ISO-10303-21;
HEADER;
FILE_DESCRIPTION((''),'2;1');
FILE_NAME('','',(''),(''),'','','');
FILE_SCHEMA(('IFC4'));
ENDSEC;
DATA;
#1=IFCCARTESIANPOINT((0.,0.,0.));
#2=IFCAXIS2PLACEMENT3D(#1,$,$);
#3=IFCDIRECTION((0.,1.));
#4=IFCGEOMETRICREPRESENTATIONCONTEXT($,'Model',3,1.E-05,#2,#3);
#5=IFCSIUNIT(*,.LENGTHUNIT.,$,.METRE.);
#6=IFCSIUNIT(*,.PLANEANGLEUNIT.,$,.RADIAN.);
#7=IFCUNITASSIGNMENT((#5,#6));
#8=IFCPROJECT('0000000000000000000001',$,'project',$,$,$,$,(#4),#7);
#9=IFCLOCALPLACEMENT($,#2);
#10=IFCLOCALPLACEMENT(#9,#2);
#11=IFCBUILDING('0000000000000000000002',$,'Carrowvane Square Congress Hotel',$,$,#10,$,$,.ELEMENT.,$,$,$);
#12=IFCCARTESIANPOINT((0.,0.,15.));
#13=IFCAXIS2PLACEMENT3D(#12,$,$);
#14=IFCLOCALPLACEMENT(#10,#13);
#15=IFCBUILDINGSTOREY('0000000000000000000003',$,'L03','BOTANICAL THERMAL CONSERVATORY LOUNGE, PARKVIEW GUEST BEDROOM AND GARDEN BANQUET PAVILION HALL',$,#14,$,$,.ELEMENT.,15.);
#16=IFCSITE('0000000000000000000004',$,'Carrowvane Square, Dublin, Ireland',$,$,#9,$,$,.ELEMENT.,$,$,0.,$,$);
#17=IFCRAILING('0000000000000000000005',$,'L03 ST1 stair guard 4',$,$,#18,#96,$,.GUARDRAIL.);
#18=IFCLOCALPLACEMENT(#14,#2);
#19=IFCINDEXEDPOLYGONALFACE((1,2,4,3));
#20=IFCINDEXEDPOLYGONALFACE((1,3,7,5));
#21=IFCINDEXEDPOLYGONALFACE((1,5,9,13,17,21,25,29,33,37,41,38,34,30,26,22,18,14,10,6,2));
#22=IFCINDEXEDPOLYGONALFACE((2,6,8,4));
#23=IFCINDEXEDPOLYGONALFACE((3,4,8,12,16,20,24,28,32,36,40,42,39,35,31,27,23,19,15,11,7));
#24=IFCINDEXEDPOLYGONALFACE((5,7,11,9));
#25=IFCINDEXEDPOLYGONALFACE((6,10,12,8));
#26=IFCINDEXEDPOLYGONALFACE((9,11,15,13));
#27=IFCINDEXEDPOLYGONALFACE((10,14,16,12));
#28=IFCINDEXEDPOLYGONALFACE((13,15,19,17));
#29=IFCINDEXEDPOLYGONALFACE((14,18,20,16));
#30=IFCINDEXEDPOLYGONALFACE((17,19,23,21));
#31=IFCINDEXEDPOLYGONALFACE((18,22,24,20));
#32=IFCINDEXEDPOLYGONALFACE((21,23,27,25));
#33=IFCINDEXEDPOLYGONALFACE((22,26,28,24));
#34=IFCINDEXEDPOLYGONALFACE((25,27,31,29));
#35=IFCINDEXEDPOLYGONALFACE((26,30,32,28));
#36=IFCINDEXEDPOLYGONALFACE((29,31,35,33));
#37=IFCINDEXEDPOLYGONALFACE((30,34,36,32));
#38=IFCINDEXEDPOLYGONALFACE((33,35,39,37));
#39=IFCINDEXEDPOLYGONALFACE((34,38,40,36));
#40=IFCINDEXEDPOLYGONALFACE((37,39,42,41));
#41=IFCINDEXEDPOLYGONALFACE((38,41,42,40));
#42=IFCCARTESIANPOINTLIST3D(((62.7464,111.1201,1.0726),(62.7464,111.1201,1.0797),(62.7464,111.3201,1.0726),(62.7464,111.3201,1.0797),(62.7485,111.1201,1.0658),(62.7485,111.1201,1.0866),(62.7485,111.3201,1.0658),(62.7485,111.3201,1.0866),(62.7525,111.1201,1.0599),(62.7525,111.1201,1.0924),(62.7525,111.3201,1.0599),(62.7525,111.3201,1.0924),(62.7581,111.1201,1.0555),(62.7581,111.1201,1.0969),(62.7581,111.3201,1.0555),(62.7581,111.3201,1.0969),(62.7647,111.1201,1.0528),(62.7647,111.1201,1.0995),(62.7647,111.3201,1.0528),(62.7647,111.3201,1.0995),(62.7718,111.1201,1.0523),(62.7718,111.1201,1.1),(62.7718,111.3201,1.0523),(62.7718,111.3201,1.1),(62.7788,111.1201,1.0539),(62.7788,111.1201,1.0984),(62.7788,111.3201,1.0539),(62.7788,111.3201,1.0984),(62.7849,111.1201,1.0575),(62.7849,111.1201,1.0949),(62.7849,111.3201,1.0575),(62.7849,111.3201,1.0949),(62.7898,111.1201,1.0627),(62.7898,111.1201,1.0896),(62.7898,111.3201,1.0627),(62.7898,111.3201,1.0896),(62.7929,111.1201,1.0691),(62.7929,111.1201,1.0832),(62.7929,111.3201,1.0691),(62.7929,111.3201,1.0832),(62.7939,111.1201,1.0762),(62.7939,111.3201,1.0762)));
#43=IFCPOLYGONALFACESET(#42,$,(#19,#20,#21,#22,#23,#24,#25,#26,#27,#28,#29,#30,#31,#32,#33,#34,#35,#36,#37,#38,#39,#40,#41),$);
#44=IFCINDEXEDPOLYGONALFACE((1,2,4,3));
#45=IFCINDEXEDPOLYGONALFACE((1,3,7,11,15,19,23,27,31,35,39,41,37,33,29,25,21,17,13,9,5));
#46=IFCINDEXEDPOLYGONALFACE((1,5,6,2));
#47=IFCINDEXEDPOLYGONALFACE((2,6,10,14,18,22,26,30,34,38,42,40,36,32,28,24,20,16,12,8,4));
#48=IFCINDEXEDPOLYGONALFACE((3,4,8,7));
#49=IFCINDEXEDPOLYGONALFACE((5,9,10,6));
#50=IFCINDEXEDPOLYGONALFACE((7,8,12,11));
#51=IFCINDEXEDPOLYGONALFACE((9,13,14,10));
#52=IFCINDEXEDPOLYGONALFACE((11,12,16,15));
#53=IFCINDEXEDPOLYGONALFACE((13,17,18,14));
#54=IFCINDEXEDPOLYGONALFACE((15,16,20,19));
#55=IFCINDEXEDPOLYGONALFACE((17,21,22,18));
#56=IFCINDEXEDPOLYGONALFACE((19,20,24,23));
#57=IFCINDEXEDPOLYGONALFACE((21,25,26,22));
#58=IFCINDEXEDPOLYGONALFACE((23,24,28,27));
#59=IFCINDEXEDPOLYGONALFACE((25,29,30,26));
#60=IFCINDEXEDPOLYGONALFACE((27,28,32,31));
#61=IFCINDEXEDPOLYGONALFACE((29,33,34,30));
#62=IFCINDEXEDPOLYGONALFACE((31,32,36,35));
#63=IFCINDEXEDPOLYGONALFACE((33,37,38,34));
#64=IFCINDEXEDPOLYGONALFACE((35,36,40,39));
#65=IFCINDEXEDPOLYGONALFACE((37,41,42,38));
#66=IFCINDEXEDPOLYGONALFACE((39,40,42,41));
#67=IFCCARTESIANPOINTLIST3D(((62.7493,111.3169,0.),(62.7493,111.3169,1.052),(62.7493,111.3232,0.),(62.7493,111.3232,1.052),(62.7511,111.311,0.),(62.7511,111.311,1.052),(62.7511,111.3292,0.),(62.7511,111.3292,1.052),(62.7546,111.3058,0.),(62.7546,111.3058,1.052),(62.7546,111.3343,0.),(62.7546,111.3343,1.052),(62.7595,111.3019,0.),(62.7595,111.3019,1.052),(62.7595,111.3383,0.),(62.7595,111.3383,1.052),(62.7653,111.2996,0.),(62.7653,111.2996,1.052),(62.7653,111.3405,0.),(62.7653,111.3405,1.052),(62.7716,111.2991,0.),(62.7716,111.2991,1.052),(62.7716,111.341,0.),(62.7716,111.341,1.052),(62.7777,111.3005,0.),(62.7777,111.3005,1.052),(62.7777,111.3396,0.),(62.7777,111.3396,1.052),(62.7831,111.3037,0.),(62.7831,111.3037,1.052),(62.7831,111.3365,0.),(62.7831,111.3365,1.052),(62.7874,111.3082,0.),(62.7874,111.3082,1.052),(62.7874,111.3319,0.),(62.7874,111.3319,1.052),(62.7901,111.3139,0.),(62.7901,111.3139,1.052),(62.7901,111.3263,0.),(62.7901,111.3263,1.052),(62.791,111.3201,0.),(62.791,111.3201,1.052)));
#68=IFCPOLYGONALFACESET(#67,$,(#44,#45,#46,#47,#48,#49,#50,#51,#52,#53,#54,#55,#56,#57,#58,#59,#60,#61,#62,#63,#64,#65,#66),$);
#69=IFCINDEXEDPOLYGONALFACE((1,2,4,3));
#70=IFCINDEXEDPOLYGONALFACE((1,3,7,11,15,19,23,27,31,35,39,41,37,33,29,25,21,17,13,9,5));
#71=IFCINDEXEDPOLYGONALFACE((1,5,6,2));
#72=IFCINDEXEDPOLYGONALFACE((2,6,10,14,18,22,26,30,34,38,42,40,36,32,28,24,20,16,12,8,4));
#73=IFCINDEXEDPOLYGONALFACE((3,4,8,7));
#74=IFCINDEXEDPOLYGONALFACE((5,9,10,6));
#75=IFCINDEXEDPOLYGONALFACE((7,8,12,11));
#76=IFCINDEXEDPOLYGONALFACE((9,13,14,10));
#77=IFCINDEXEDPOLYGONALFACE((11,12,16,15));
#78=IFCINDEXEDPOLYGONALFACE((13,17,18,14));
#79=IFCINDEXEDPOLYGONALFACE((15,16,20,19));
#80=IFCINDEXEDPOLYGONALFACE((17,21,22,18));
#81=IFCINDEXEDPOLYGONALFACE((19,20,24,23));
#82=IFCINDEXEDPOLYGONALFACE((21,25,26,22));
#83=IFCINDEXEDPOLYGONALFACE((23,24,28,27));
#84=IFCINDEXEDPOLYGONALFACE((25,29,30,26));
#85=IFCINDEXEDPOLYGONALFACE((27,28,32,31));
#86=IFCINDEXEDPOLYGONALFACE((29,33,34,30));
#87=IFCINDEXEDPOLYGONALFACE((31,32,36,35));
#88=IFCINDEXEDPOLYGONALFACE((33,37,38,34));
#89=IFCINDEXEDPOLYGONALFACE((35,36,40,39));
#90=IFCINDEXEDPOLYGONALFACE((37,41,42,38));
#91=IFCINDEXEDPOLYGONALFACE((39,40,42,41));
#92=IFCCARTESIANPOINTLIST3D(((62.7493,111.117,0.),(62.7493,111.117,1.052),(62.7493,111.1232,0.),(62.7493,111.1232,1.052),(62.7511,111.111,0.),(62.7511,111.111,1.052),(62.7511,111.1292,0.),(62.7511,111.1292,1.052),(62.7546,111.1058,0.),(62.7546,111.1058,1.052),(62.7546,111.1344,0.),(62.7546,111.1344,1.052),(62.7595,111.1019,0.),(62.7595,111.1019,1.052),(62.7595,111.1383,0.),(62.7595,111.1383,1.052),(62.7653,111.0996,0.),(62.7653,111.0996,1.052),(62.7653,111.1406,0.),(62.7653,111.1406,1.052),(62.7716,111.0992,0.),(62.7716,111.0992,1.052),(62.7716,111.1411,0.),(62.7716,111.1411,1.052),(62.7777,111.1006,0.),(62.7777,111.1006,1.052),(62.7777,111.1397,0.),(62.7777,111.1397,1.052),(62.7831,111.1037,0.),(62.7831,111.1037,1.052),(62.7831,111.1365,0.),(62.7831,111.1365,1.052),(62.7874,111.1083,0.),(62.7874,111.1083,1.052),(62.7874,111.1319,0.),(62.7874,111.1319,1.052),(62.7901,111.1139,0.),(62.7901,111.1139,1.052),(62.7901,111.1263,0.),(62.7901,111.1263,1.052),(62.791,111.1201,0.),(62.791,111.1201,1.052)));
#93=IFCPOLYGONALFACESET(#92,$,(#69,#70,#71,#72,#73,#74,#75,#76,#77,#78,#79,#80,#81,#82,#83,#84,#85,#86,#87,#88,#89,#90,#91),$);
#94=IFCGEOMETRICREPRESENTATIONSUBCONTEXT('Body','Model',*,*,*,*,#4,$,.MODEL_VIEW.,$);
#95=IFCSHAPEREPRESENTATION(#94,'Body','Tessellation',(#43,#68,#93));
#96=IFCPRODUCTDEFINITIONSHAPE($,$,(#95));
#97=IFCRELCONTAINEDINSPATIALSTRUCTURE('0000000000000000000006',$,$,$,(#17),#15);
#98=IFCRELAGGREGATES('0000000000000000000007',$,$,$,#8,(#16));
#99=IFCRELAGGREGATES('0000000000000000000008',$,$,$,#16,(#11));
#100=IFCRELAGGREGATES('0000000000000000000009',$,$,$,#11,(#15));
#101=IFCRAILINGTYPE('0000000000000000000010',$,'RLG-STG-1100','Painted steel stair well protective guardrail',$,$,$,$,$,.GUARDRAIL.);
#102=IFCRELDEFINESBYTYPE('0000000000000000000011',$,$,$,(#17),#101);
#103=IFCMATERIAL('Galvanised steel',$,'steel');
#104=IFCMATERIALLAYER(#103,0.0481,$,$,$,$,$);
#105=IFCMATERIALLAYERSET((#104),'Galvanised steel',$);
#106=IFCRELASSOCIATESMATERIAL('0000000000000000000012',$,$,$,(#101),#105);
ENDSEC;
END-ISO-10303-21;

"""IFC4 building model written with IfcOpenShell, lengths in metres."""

from ifc_helpers import new_model, si_unit, direction, frame, origin, origin_2d, place, context, subcontext, project, spatial, circle, extrude, material, layer, layer_set, type_object, element, save


model = new_model("IFC4")

# Units and contexts
model_context = context("Model", 3, precision=1e-05, world=origin(), true_north=direction((0.0, 1.0)))
body_context = subcontext(model_context, "Body", "Model", "MODEL_VIEW")
ifc_project = project(units=[si_unit("LENGTHUNIT", "METRE"), si_unit("PLANEANGLEUNIT", "RADIAN")], contexts=[model_context])

# Site, building, storey
site_placement = place(None, origin())
site = spatial("IfcSite", under=ifc_project, at=site_placement, Name="Carrowvane Square, Dublin, Ireland", CompositionType="ELEMENT", RefElevation=0.0)
building_placement = place(site_placement, origin())
building = spatial("IfcBuilding", under=site, at=building_placement, Name="Carrowvane Square Congress Hotel", CompositionType="ELEMENT")
storey_placement = place(building_placement, frame((0.0, 0.0, 15.0)))
storey = spatial("IfcBuildingStorey", under=building, at=storey_placement, Name="L03", Description="BOTANICAL THERMAL CONSERVATORY LOUNGE, PARKVIEW GUEST BEDROOM AND GARDEN BANQUET PAVILION HALL", CompositionType="ELEMENT", Elevation=15.0)

# Railing
ifc_material_1 = material(Name="Galvanised steel", Category="steel")
ifc_layer_1 = layer(ifc_material_1, 0.0481)
ifc_layer_set_1 = layer_set([ifc_layer_1], Name="Galvanised steel")
railing_type_1 = type_object("IfcRailingType", Name="RLG-STG-1100", Description="Painted steel stair well protective guardrail", PredefinedType="GUARDRAIL", material=ifc_layer_set_1)
railing_1_placement = place(storey_placement, frame((62.77, 111.3201, 0.0)))
element("IfcRailing", 1, at=railing_1_placement, inside=storey, type_object=railing_type_1, Name="L03 ST1 stair guard 4", PredefinedType="GUARDRAIL", context=body_context, shape_type="SweptSolid", body=[
    extrude(circle(Radius=0.0239, at=origin_2d()), frame((0.0, 0.0, 1.0762), z_axis=(0.0, -1.0, 0.0), x_axis=(1.0, 0.0, 0.0)), (0.0, 0.0, 1.0), 0.2),
    extrude(circle(Radius=0.021, at=origin_2d()), origin(), (0.0, 0.0, 1.0), 1.052),
    extrude(circle(Radius=0.021, at=origin_2d()), frame((0.0, -0.2, 0.0)), (0.0, 0.0, 1.0), 1.052),
])

save(model, "model.ifc")
